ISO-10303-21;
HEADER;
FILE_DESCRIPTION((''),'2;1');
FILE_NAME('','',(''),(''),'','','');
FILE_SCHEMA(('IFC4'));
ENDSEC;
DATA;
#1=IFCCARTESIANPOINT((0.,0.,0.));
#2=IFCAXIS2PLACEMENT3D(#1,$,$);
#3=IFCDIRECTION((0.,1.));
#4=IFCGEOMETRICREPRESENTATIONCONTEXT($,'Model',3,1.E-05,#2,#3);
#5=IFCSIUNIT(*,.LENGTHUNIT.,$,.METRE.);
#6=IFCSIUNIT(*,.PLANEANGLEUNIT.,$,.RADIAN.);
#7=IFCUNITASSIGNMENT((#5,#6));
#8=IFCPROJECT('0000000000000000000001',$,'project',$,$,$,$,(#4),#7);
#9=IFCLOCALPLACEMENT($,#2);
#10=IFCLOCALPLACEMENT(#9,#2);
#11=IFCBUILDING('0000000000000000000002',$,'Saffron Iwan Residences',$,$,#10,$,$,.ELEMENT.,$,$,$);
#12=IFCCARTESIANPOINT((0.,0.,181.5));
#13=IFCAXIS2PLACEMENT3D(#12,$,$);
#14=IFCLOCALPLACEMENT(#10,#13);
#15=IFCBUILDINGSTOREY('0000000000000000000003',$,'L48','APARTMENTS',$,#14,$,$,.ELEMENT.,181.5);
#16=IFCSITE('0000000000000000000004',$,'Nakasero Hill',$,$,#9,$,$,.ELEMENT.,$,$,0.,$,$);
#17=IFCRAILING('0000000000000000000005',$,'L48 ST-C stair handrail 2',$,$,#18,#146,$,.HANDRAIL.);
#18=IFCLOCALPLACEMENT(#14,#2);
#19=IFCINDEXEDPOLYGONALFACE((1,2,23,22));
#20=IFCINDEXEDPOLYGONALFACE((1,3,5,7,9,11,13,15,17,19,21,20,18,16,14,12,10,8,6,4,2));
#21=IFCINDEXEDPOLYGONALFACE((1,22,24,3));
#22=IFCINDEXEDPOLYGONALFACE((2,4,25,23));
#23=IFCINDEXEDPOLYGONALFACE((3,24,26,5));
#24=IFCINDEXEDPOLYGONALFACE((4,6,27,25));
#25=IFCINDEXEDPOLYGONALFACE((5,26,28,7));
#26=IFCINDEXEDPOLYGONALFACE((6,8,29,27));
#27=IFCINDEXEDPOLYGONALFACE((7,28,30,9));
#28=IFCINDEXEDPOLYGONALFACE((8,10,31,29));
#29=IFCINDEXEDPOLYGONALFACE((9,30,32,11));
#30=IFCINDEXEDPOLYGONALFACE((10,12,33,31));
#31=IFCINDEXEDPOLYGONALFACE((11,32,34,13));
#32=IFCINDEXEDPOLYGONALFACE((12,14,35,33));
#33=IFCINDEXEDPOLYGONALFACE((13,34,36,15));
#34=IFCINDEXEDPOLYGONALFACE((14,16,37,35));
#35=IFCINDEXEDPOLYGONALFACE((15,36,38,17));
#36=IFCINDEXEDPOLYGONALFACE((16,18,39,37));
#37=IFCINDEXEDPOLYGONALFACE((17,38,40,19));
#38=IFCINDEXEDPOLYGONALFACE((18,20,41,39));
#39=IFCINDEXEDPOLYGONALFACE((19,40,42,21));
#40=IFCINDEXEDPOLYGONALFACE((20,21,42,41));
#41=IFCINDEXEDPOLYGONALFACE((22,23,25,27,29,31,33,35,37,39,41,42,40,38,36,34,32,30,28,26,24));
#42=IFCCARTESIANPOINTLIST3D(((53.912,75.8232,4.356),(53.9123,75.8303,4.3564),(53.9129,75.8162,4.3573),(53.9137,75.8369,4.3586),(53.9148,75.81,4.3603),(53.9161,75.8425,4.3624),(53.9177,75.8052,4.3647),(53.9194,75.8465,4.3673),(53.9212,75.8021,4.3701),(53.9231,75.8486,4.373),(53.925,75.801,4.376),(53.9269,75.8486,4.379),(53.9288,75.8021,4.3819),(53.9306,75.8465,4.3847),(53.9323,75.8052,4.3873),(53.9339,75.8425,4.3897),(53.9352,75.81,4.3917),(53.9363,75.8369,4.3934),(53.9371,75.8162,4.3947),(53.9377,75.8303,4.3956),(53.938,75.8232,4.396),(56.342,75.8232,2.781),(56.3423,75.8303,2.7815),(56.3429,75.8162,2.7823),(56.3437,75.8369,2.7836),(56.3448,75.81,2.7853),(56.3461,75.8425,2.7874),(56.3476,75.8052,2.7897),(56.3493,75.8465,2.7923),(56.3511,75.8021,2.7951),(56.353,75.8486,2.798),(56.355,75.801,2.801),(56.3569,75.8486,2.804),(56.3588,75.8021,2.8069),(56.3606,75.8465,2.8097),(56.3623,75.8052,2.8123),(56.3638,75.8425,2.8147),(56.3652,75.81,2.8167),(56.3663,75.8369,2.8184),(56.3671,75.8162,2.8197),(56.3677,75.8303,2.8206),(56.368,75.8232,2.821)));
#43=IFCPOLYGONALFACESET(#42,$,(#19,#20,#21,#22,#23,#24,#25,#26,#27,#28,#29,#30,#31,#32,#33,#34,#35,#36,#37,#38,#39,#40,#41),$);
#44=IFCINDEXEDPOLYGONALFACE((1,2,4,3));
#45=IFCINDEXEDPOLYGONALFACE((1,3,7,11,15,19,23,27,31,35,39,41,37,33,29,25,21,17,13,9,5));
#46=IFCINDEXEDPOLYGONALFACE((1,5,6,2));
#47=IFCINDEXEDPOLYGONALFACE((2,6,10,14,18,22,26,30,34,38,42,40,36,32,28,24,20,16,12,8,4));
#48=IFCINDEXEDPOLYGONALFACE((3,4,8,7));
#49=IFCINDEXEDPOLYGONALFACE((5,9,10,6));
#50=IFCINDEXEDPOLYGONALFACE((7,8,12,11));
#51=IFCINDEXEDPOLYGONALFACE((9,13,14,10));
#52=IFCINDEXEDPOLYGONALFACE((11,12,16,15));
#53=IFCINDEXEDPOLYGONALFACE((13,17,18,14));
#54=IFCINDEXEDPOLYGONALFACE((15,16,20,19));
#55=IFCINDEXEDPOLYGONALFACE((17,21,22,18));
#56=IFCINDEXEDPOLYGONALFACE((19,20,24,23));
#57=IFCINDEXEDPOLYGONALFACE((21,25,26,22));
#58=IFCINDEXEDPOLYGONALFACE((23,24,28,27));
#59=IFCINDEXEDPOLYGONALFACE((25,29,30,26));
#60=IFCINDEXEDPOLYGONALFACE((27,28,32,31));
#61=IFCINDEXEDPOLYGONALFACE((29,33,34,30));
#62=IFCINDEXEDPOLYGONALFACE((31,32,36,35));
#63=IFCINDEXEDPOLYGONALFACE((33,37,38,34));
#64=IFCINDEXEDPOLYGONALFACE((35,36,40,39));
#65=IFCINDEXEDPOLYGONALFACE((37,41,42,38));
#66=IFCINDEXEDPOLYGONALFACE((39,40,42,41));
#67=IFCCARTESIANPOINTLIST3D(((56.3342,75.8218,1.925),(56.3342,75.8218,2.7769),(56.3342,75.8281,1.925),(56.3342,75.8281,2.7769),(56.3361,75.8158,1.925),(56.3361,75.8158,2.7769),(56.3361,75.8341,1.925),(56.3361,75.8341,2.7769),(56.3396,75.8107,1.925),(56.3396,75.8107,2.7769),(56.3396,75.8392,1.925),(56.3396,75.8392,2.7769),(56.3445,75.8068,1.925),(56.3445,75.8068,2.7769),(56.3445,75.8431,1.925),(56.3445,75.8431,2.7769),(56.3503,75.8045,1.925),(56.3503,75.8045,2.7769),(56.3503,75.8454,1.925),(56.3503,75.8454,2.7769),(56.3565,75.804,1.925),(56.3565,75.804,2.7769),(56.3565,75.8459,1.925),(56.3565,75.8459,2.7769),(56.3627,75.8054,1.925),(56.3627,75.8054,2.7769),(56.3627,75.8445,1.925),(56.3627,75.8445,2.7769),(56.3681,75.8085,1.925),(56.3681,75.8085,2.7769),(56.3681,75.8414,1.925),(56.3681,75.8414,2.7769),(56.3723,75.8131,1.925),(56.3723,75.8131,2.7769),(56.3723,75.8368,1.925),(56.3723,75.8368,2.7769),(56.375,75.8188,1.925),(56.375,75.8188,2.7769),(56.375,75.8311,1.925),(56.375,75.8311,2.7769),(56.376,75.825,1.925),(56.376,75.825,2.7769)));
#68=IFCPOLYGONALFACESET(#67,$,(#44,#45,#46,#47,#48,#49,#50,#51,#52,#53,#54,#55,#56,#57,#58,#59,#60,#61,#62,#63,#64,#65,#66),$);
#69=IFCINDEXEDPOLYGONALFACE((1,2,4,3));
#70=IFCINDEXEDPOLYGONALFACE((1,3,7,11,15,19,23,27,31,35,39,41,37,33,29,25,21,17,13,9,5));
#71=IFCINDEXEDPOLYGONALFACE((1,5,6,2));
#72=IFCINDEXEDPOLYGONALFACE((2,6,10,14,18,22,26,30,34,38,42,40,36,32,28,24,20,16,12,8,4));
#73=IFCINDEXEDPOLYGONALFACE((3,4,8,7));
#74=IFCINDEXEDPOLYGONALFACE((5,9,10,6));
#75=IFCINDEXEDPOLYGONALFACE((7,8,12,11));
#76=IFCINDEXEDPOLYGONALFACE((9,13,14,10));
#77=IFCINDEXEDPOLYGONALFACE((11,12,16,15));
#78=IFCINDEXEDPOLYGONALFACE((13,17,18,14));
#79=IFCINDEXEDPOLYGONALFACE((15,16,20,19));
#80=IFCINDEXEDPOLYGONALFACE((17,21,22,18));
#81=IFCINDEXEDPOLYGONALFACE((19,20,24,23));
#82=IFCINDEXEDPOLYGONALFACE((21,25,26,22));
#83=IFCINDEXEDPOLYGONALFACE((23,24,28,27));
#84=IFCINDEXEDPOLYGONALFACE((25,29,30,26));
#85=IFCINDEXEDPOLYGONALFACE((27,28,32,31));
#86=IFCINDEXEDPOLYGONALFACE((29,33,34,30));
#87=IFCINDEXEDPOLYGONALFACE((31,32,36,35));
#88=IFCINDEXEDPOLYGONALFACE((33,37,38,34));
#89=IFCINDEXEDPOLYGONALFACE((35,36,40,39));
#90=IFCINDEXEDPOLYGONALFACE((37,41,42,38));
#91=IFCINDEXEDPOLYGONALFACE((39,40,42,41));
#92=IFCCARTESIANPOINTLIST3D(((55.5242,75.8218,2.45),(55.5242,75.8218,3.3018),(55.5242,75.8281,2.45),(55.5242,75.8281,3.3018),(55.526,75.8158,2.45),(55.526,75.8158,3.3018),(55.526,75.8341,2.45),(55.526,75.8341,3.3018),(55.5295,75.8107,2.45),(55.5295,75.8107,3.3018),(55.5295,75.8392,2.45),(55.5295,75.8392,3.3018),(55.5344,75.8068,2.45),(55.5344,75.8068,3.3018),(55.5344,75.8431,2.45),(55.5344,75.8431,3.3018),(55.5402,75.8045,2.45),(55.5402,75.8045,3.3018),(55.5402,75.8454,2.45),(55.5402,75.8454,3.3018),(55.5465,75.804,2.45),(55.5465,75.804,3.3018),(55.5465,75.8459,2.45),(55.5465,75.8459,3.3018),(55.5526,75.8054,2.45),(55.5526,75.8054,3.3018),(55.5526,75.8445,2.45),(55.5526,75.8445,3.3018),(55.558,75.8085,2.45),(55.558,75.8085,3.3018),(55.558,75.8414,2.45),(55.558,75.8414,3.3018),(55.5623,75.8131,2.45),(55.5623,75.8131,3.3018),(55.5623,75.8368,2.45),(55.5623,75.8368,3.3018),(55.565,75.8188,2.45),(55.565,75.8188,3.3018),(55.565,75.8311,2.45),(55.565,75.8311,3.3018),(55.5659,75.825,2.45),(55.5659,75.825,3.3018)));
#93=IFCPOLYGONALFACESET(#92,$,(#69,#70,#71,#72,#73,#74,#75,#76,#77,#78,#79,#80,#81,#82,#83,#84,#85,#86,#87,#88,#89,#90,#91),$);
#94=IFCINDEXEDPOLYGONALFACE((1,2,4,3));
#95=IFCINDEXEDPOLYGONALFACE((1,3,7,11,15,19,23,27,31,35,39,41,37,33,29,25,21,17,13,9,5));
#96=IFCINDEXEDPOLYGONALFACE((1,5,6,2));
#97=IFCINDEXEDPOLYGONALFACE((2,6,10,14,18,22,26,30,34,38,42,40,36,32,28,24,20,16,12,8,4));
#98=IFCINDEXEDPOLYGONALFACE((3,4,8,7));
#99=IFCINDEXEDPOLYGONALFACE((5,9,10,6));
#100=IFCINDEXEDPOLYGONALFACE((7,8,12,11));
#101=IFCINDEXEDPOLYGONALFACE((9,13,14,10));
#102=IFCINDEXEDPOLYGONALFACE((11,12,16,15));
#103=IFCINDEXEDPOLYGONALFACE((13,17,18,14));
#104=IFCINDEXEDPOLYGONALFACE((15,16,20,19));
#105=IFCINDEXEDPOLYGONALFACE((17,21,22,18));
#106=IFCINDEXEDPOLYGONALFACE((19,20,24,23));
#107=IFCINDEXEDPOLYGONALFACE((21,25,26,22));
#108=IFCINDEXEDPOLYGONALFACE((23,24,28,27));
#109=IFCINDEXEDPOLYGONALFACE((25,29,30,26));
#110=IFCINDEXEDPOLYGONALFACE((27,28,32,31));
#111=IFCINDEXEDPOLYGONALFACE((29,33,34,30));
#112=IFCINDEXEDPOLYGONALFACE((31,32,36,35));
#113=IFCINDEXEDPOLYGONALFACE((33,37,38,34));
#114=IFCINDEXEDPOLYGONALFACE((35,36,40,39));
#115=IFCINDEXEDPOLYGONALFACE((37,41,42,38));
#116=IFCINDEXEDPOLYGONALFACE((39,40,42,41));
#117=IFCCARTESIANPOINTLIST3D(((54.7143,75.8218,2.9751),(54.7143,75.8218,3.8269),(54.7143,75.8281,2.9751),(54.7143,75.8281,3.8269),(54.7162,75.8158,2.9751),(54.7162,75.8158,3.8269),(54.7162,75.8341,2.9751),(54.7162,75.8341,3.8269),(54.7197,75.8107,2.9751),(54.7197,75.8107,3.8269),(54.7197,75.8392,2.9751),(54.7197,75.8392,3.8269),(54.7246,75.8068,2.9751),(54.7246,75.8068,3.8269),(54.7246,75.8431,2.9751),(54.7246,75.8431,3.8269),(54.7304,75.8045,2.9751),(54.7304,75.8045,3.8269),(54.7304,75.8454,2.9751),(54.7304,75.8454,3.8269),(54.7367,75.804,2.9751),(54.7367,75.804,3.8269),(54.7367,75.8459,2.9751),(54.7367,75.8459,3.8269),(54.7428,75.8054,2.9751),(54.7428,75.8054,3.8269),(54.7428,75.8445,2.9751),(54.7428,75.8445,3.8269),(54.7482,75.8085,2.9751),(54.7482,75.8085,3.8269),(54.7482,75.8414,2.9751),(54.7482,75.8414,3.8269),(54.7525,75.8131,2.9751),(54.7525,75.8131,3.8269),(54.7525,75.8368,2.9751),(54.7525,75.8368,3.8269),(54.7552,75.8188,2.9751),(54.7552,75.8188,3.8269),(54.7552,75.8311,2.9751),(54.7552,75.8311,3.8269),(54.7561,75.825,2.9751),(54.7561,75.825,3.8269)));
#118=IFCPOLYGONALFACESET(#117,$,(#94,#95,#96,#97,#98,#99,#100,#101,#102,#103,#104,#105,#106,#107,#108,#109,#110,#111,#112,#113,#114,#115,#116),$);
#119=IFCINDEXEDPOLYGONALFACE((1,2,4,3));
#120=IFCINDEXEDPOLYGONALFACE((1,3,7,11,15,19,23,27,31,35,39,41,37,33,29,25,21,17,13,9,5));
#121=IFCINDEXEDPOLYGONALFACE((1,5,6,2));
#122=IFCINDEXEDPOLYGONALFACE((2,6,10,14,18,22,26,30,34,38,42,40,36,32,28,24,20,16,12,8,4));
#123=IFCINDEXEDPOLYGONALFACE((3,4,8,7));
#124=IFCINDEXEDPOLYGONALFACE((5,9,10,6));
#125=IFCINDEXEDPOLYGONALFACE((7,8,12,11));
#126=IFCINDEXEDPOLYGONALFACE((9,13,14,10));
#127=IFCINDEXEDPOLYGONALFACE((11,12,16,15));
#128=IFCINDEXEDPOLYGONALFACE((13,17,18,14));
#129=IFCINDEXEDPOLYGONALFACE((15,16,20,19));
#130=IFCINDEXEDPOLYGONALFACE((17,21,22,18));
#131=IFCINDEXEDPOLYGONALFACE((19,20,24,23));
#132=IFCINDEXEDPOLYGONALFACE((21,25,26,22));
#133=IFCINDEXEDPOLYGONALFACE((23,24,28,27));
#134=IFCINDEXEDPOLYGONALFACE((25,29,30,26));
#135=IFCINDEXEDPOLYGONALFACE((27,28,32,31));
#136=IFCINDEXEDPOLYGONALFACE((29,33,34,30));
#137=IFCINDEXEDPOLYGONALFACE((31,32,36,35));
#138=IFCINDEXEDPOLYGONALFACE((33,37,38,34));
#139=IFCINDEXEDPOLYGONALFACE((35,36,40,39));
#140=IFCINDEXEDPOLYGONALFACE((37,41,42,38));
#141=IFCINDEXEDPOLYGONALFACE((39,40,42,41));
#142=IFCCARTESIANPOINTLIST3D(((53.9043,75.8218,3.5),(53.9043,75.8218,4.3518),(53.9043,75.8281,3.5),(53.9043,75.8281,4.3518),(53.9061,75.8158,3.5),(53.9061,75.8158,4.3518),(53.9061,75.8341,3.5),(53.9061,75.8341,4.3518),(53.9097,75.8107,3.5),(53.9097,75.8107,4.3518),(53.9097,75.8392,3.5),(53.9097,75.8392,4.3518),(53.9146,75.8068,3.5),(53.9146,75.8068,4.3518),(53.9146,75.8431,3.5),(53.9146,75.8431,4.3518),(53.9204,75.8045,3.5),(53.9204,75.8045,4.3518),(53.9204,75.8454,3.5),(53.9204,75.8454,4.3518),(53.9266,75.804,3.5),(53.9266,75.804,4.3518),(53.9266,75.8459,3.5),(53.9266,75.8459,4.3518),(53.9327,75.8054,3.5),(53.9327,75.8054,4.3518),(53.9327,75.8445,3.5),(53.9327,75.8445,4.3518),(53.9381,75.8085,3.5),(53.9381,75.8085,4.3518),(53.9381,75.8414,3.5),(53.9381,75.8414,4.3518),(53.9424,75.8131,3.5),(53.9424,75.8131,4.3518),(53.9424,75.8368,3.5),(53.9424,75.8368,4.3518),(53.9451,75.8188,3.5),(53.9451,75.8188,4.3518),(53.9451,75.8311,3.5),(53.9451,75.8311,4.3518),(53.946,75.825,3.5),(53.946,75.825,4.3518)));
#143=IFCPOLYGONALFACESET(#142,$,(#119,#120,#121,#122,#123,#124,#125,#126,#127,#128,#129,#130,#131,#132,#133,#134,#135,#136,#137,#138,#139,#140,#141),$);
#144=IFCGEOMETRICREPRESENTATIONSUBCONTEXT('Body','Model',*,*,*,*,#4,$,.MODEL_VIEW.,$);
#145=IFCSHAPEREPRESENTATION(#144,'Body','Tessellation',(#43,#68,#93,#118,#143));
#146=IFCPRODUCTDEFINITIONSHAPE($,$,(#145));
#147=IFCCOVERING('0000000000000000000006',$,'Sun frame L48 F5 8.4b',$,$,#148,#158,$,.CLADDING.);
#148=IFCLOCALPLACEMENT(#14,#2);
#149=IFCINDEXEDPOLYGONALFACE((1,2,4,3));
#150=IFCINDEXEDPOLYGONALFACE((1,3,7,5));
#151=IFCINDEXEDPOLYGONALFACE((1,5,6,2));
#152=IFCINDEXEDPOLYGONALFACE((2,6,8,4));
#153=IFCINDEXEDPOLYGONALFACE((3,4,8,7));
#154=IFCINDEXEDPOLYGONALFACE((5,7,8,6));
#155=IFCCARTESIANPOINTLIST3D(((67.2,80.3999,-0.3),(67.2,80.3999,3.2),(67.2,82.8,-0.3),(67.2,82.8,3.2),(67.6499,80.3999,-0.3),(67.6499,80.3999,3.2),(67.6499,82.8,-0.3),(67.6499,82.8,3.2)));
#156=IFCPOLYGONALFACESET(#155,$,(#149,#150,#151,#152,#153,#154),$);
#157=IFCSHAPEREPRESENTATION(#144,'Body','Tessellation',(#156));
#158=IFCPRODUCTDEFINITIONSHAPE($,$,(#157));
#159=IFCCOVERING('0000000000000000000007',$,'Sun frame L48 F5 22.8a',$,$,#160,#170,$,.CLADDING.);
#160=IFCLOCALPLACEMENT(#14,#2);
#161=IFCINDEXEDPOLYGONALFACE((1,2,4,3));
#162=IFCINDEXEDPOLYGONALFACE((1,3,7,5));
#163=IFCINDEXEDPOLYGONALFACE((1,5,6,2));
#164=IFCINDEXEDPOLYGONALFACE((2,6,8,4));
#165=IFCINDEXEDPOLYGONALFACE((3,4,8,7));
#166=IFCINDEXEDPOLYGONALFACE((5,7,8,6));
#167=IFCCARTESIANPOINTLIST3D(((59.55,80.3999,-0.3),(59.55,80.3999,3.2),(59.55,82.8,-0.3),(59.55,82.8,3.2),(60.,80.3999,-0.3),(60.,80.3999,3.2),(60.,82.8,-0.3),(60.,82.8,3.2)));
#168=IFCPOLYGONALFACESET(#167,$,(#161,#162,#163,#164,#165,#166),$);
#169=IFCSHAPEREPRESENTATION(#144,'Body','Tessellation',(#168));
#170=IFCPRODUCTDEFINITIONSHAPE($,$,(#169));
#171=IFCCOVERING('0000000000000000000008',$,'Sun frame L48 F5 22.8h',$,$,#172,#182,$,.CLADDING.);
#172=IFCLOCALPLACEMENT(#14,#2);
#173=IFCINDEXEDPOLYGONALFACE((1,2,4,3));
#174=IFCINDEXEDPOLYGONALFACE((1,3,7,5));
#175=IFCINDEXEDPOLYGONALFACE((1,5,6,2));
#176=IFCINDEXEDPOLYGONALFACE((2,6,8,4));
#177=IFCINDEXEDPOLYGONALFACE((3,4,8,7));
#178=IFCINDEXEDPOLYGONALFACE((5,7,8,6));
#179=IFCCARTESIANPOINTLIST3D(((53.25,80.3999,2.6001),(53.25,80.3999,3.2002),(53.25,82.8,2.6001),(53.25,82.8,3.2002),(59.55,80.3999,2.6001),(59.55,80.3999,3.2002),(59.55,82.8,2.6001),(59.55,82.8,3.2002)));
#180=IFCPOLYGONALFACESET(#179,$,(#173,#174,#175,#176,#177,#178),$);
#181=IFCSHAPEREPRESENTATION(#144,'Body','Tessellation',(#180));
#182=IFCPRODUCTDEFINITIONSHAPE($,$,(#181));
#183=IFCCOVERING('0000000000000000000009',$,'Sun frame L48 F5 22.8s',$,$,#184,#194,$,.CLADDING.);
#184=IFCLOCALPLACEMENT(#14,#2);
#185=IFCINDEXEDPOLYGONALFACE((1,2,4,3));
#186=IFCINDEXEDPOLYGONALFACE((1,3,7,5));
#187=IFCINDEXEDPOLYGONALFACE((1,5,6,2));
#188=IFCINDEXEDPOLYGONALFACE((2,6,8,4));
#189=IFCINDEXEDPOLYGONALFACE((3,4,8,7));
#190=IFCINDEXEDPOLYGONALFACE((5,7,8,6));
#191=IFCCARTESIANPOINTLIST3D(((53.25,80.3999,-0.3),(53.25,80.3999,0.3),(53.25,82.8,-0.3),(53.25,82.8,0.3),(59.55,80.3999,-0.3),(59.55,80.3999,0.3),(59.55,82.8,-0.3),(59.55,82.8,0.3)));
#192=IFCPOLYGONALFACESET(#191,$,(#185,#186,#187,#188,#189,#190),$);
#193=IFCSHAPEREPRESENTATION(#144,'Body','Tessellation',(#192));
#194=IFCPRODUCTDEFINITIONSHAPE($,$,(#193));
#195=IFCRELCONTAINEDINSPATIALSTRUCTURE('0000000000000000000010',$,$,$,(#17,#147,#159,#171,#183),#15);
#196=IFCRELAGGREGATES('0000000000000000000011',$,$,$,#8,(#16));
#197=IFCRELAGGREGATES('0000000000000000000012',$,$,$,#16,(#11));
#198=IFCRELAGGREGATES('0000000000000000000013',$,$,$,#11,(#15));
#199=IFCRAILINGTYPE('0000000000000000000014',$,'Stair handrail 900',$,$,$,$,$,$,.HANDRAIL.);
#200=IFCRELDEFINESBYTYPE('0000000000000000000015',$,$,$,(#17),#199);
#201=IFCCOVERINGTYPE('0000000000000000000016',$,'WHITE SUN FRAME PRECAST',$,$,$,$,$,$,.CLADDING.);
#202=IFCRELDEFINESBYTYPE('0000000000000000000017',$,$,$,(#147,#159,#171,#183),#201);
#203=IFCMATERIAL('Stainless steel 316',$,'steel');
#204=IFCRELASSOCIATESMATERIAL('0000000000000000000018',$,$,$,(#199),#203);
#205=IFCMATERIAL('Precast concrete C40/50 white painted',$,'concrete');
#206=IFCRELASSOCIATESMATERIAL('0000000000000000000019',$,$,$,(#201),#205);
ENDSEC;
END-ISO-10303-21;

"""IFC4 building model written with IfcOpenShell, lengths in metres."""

from ifc_helpers import new_model, si_unit, direction, frame, origin, origin_2d, place, context, subcontext, project, spatial, polyline, circle, outline, extrude, material, type_object, element, save


model = new_model("IFC4")

# Units and contexts
model_context = context("Model", 3, precision=1e-05, world=origin(), true_north=direction((0.0, 1.0)))
body_context = subcontext(model_context, "Body", "Model", "MODEL_VIEW")
ifc_project = project(units=[si_unit("LENGTHUNIT", "METRE"), si_unit("PLANEANGLEUNIT", "RADIAN")], contexts=[model_context])

# Site, building, storey
site_placement = place(None, origin())
site = spatial("IfcSite", under=ifc_project, at=site_placement, Name="Nakasero Hill", CompositionType="ELEMENT", RefElevation=0.0)
building_placement = place(site_placement, origin())
building = spatial("IfcBuilding", under=site, at=building_placement, Name="Saffron Iwan Residences", CompositionType="ELEMENT")
storey_placement = place(building_placement, frame((0.0, 0.0, 181.5)))
storey = spatial("IfcBuildingStorey", under=building, at=storey_placement, Name="L48", Description="APARTMENTS", CompositionType="ELEMENT", Elevation=181.5)

# Railing
ifc_material_1 = material(Name="Stainless steel 316", Category="steel")
railing_type_1 = type_object("IfcRailingType", Name="Stair handrail 900", PredefinedType="HANDRAIL", material=ifc_material_1)
railing_1_placement = place(storey_placement, frame((56.355, 75.825, 1.925)))
element("IfcRailing", 1, at=railing_1_placement, inside=storey, type_object=railing_type_1, Name="L48 ST-C stair handrail 2", PredefinedType="HANDRAIL", context=body_context, shape_type="SweptSolid", body=[
    extrude(circle(Radius=0.0239, at=origin_2d()), frame((0.0, 0.0, 0.876), z_axis=(-0.839154, 0.0, 0.543894), x_axis=(0.0, -1.0, 0.0)), (0.0, 0.0, 1.0), 2.8958),
    extrude(circle(Radius=0.021, at=origin_2d()), origin(), (0.0, 0.0, 1.0), 0.8518),
    extrude(circle(Radius=0.021, at=origin_2d()), frame((-0.8101, 0.0, 0.5249)), (0.0, 0.0, 1.0), 0.8518),
    extrude(circle(Radius=0.021, at=origin_2d()), frame((-1.6199, 0.0, 1.05)), (0.0, 0.0, 1.0), 0.8518),
    extrude(circle(Radius=0.021, at=origin_2d()), frame((-2.4299, 0.0, 1.575)), (0.0, 0.0, 1.0), 0.8518),
])

# Coverings
ifc_material_2 = material(Name="Precast concrete C40/50 white painted", Category="concrete")
covering_type_1 = type_object("IfcCoveringType", Name="WHITE SUN FRAME PRECAST", PredefinedType="CLADDING", material=ifc_material_2)
for number, where, z_axis, x_axis, name in (
    (2, (67.6499, 80.3999, -0.3), (0.0, 1.0, 0.0), (-1.0, 0.0, 0.0), "Sun frame L48 F5 8.4b"),
    (3, (60.0, 80.3999, -0.3), (0.0, 1.0, 0.0), (-1.0, 0.0, 0.0), "Sun frame L48 F5 22.8a"),
):
    element("IfcCovering", number, at=place(storey_placement, frame(where, z_axis=z_axis, x_axis=x_axis)), inside=storey, type_object=covering_type_1, Name=name, PredefinedType="CLADDING", context=body_context, shape_type="SweptSolid", body=[
        extrude(outline(polyline([(0.0, 0.0), (0.45, 0.0), (0.45, 3.5), (0.0, 3.5), (0.0, 0.0)])), origin(), (0.0, 0.0, 1.0), 2.4001),
    ])
for number, where, z_axis, x_axis, name in (
    (4, (59.55, 80.3999, 2.6001), (0.0, 1.0, 0.0), (-1.0, 0.0, 0.0), "Sun frame L48 F5 22.8h"),
    (5, (59.55, 80.3999, -0.3), (0.0, 1.0, 0.0), (-1.0, 0.0, 0.0), "Sun frame L48 F5 22.8s"),
):
    element("IfcCovering", number, at=place(storey_placement, frame(where, z_axis=z_axis, x_axis=x_axis)), inside=storey, type_object=covering_type_1, Name=name, PredefinedType="CLADDING", context=body_context, shape_type="SweptSolid", body=[
        extrude(outline(polyline([(0.0, 0.0), (6.3, 0.0), (6.3, 0.6001), (0.0, 0.6001), (0.0, 0.0)])), origin(), (0.0, 0.0, 1.0), 2.4001),
    ])

save(model, "model.ifc")
